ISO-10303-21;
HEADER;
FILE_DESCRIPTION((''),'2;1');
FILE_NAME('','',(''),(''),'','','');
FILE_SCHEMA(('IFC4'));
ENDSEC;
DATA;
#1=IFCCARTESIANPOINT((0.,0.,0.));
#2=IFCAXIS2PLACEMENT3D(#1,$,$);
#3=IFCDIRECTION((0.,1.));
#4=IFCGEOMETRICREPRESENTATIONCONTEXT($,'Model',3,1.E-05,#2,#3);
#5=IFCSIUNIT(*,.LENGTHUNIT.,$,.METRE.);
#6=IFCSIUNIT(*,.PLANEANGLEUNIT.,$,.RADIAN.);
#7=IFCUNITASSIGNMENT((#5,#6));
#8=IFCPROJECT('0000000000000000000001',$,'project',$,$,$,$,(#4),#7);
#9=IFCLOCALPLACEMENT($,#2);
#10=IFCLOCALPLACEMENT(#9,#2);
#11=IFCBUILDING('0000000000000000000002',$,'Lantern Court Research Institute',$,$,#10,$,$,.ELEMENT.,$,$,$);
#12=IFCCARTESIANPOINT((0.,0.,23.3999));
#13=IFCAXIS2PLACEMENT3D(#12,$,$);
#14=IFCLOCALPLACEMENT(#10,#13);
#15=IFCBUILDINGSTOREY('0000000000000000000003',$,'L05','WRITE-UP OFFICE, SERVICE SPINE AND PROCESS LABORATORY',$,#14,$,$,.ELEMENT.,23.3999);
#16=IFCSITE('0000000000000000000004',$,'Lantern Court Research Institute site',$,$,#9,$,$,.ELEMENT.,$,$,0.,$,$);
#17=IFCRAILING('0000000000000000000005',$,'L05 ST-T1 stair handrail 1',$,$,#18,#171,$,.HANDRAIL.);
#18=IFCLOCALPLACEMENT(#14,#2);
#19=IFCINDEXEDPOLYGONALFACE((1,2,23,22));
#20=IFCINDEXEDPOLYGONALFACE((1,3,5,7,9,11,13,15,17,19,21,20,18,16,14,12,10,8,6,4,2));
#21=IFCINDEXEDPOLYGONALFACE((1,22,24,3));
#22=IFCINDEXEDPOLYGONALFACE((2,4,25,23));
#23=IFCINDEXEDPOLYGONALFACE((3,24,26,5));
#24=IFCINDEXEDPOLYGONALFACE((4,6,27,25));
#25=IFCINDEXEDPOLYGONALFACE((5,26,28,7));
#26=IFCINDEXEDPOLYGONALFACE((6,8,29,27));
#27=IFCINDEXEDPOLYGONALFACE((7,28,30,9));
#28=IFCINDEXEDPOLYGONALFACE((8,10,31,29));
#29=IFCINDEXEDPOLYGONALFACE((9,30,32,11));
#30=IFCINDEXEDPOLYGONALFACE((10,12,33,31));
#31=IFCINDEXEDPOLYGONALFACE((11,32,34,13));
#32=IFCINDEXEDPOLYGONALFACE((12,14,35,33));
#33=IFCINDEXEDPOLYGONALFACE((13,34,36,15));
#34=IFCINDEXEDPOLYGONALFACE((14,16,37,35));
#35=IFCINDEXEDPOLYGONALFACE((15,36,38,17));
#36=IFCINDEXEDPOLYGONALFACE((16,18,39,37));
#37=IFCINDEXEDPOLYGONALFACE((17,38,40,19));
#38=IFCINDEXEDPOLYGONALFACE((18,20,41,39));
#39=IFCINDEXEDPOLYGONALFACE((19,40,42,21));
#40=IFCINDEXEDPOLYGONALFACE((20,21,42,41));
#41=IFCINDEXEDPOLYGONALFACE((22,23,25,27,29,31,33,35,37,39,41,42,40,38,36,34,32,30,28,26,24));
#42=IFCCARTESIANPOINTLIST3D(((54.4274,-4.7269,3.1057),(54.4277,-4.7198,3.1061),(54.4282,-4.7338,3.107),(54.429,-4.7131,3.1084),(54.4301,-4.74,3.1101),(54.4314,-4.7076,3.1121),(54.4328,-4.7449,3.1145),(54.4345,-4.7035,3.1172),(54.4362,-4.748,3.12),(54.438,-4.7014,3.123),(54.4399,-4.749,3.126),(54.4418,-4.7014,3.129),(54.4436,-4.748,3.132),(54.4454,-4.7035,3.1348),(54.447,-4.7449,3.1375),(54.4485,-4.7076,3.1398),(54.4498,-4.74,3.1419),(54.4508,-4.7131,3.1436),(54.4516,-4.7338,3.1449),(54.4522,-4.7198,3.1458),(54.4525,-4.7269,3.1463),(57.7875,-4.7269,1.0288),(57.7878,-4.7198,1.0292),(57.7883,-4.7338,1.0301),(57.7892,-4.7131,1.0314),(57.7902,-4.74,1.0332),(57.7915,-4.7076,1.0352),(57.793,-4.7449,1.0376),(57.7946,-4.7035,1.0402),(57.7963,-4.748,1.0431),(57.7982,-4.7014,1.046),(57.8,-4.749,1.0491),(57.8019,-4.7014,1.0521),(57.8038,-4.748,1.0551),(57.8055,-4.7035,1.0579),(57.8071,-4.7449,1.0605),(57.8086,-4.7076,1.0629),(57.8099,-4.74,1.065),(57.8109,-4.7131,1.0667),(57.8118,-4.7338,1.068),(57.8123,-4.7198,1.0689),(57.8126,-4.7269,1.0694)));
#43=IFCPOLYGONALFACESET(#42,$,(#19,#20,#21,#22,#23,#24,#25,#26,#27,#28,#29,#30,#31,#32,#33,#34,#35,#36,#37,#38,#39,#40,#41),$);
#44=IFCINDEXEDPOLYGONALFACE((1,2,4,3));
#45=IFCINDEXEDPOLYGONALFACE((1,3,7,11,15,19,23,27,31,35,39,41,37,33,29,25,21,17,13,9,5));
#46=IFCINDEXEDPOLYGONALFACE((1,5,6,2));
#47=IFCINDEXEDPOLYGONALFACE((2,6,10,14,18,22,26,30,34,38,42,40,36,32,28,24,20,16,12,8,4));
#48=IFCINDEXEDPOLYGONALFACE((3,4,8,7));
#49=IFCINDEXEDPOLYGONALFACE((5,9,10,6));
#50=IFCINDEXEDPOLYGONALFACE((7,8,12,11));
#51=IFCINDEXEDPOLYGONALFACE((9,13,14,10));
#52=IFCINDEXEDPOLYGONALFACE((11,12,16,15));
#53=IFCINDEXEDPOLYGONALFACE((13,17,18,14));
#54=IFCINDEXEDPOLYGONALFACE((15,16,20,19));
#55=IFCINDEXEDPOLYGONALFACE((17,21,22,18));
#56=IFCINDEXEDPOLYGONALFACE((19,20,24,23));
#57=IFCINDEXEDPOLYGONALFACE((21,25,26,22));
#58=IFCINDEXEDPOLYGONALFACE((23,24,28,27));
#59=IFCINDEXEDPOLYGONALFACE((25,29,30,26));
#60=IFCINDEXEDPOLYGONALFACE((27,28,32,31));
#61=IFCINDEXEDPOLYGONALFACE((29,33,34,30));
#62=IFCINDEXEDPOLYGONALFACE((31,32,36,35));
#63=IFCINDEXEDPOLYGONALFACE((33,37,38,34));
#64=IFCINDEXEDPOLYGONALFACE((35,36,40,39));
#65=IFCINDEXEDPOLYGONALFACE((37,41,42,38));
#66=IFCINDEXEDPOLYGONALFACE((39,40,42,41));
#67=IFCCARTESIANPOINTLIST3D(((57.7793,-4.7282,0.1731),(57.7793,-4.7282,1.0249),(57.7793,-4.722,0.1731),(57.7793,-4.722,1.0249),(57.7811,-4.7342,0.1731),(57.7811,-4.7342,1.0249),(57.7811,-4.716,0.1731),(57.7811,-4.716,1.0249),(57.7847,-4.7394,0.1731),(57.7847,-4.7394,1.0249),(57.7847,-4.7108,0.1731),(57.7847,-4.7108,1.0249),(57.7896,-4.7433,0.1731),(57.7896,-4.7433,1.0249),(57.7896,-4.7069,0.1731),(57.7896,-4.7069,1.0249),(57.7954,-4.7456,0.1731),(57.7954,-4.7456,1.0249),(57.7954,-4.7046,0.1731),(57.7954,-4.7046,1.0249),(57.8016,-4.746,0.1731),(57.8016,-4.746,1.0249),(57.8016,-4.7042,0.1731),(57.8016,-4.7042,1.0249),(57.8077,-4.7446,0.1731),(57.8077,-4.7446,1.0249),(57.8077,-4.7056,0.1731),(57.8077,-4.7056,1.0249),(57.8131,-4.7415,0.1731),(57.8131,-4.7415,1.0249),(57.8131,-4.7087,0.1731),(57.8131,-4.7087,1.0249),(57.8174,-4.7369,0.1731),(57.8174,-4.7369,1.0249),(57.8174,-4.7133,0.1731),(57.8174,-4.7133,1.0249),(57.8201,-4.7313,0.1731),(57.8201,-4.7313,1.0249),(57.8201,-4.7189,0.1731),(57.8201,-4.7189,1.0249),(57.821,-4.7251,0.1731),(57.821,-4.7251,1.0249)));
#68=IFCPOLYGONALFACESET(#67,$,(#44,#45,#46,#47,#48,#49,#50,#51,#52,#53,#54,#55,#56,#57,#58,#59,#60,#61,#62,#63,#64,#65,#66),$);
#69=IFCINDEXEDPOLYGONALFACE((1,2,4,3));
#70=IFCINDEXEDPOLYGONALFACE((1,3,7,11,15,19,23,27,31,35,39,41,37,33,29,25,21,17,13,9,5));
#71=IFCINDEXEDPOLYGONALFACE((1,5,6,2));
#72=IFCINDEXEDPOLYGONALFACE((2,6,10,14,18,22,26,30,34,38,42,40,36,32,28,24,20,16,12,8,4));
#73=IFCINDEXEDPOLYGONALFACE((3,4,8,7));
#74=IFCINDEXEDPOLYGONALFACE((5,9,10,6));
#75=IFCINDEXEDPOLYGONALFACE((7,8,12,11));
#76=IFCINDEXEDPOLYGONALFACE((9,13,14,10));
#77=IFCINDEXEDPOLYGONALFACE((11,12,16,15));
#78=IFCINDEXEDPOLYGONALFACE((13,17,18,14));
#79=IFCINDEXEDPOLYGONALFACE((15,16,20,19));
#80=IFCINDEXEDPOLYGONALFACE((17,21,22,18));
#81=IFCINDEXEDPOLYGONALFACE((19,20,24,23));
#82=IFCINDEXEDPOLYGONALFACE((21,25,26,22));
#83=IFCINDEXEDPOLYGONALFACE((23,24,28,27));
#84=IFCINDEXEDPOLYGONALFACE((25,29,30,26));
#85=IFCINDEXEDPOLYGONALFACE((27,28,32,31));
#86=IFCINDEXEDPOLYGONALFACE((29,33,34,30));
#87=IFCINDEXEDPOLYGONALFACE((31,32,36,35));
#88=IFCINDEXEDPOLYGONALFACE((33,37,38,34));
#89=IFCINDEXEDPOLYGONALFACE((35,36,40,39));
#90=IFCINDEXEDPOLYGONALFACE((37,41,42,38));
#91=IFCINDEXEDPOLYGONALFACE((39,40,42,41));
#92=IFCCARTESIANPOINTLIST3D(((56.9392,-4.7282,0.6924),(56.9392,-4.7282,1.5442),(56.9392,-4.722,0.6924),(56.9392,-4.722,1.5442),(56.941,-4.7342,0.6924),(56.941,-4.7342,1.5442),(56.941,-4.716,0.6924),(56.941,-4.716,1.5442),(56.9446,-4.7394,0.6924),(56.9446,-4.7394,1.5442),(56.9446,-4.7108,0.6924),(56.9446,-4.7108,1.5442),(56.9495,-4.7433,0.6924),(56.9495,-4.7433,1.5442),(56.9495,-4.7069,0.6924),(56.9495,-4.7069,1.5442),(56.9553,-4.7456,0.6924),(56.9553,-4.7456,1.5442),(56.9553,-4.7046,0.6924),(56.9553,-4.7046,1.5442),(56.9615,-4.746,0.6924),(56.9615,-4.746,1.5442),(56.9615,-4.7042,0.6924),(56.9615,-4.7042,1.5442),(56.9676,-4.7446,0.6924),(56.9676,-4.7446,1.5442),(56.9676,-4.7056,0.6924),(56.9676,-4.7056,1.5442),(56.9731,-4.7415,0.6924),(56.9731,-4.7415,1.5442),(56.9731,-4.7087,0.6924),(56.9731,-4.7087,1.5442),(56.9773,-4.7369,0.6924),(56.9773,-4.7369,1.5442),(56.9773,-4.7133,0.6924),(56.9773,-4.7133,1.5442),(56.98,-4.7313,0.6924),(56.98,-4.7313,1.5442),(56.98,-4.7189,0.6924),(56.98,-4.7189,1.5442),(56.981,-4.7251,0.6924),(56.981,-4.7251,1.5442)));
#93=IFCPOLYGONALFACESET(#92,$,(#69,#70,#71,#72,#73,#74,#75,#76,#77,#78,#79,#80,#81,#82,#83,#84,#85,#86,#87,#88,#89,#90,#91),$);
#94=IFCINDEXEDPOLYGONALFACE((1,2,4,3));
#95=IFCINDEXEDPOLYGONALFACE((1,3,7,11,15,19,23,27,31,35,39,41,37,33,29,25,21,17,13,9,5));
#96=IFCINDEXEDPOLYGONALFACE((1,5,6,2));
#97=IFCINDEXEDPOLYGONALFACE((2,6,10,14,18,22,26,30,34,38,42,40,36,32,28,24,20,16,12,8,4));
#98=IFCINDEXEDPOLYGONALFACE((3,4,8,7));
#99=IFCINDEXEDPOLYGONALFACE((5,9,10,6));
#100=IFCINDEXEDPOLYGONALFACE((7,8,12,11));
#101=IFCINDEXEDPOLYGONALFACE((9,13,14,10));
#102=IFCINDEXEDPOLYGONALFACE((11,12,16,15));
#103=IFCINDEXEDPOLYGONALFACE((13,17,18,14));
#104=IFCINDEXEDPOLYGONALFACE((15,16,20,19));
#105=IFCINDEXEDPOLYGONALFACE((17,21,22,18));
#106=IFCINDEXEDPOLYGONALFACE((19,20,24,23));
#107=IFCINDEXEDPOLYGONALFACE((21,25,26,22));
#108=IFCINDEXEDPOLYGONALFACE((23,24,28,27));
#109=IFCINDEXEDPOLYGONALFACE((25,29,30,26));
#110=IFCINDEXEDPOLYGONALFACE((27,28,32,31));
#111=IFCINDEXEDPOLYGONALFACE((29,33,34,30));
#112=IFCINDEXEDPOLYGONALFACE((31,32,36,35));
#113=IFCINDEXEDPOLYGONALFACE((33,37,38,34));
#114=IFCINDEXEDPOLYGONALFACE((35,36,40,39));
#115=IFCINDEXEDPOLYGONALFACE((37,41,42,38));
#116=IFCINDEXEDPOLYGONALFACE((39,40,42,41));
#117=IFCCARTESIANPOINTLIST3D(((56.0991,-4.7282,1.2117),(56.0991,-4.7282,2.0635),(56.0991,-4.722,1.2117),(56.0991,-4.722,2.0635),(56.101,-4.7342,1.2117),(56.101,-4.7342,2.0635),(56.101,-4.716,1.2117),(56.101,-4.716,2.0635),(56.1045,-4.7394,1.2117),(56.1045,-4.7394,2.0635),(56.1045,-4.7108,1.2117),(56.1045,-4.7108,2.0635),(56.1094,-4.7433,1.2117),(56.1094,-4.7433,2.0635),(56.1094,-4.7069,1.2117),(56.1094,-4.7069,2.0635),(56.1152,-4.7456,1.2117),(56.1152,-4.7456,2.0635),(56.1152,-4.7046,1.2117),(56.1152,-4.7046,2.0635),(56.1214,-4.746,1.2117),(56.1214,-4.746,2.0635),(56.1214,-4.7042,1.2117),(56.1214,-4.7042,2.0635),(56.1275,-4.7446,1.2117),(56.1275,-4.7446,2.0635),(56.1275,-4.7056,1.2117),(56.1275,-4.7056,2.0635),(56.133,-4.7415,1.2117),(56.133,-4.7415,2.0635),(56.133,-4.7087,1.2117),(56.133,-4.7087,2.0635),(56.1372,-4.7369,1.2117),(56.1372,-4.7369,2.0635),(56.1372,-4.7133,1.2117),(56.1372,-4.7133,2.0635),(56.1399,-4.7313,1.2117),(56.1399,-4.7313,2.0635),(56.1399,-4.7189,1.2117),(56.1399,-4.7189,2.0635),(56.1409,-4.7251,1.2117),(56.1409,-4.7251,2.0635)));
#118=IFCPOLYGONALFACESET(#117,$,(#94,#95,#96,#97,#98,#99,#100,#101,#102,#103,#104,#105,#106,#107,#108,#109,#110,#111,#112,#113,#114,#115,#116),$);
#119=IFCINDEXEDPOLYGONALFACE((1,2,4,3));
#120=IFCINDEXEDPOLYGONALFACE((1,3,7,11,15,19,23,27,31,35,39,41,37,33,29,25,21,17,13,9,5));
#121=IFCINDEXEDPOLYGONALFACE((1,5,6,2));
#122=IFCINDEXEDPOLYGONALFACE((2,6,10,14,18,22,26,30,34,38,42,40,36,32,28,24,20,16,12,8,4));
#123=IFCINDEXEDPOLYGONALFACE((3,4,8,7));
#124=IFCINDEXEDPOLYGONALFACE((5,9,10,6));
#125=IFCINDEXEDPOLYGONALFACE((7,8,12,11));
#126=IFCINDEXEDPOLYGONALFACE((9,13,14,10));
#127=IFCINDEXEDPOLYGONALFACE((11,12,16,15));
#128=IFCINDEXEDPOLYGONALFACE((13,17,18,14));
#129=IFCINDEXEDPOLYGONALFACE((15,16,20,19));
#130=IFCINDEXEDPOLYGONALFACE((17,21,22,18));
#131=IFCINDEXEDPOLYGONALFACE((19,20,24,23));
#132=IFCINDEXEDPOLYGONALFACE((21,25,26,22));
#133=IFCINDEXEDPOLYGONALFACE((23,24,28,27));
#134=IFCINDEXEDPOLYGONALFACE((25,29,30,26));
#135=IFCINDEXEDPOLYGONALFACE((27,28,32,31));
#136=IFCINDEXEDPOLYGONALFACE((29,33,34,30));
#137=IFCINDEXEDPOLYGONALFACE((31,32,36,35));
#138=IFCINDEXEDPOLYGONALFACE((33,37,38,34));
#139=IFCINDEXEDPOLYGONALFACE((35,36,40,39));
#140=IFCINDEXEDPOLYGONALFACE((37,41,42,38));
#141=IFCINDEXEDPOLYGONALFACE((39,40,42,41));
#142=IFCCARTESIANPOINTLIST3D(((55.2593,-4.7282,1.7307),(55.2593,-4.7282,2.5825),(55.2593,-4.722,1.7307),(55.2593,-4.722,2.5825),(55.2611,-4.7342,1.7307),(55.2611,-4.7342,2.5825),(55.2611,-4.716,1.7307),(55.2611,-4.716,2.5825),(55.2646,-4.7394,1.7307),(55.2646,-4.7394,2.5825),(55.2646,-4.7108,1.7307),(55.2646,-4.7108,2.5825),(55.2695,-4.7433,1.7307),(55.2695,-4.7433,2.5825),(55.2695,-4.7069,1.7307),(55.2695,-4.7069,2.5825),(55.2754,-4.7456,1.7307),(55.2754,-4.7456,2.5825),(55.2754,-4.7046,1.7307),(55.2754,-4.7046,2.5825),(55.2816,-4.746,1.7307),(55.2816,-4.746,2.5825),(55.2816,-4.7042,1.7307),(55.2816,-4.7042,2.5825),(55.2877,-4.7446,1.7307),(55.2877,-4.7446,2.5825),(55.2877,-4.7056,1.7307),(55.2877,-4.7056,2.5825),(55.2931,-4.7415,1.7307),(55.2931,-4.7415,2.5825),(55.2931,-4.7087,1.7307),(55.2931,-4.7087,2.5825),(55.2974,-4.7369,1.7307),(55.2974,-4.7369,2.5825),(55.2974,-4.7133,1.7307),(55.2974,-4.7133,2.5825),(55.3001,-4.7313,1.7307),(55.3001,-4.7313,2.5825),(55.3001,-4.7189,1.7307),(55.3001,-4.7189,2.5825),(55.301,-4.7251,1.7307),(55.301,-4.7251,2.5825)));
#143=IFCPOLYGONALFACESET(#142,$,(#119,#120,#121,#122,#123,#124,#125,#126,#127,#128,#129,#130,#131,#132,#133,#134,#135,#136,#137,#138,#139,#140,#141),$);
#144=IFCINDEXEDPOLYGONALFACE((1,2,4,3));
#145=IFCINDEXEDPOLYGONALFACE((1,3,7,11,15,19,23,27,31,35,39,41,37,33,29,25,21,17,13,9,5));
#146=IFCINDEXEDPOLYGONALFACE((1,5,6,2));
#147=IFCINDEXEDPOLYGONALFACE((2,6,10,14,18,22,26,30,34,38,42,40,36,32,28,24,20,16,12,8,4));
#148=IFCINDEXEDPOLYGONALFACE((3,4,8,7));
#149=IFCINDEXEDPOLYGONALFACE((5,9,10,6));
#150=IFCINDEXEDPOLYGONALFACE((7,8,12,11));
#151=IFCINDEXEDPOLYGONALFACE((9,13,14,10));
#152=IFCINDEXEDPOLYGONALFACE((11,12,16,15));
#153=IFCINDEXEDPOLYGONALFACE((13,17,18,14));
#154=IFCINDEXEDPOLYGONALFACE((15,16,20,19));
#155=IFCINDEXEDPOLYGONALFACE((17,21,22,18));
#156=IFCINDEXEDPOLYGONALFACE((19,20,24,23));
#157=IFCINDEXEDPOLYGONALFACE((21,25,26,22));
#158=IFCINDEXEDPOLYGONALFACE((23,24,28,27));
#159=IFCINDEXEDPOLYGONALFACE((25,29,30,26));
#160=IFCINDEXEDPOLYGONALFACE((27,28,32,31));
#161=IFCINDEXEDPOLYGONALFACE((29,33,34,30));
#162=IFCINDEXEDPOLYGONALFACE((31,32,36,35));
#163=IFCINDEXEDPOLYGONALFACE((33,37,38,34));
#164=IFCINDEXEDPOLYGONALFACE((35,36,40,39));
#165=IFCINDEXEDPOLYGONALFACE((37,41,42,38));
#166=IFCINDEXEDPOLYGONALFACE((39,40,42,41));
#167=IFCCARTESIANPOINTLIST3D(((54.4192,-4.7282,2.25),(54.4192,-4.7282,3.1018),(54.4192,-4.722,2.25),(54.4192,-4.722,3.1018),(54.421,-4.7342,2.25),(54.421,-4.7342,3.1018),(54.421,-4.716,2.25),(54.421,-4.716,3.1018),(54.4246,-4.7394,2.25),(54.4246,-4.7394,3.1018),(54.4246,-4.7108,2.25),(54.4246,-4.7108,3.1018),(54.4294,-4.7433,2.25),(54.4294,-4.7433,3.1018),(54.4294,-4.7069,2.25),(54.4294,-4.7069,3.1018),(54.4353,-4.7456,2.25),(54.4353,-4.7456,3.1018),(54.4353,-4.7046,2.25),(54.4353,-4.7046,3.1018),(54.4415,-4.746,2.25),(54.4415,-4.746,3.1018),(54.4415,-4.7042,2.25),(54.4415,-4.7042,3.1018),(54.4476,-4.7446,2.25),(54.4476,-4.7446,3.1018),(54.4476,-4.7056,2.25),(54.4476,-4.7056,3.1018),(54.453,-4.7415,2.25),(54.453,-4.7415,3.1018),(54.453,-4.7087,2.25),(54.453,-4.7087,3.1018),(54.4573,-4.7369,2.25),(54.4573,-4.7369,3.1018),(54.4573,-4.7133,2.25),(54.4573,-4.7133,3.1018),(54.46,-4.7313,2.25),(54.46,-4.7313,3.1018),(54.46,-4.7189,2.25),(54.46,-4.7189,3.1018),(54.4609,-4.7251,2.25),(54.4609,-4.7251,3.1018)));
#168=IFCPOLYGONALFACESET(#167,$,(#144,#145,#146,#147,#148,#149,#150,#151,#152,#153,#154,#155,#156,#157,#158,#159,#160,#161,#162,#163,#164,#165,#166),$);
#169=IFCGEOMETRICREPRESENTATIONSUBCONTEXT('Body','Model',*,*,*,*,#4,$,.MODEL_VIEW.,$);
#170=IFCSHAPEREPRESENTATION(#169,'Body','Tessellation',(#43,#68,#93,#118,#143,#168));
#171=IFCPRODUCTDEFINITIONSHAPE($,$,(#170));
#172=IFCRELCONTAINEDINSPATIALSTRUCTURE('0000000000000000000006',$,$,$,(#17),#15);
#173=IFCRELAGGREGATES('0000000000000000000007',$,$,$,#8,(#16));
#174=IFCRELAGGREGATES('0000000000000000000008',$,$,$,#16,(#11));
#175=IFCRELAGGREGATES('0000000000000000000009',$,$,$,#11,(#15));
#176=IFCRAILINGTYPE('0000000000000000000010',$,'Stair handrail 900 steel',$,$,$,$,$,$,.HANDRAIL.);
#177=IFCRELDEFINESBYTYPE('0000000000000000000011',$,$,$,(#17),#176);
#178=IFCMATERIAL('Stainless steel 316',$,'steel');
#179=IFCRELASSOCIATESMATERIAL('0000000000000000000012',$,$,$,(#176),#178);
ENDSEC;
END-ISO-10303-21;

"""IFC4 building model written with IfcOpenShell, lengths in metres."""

from ifc_helpers import new_model, si_unit, direction, frame, origin, origin_2d, place, context, subcontext, project, spatial, circle, extrude, material, type_object, element, save


model = new_model("IFC4")

# Units and contexts
model_context = context("Model", 3, precision=1e-05, world=origin(), true_north=direction((0.0, 1.0)))
body_context = subcontext(model_context, "Body", "Model", "MODEL_VIEW")
ifc_project = project(units=[si_unit("LENGTHUNIT", "METRE"), si_unit("PLANEANGLEUNIT", "RADIAN")], contexts=[model_context])

# Site, building, storey
site_placement = place(None, origin())
site = spatial("IfcSite", under=ifc_project, at=site_placement, Name="Lantern Court Research Institute site", CompositionType="ELEMENT", RefElevation=0.0)
building_placement = place(site_placement, origin())
building = spatial("IfcBuilding", under=site, at=building_placement, Name="Lantern Court Research Institute", CompositionType="ELEMENT")
storey_placement = place(building_placement, frame((0.0, 0.0, 23.3999)))
storey = spatial("IfcBuildingStorey", under=building, at=storey_placement, Name="L05", Description="WRITE-UP OFFICE, SERVICE SPINE AND PROCESS LABORATORY", CompositionType="ELEMENT", Elevation=23.3999)

# Railing
ifc_material_1 = material(Name="Stainless steel 316", Category="steel")
railing_type_1 = type_object("IfcRailingType", Name="Stair handrail 900 steel", PredefinedType="HANDRAIL", material=ifc_material_1)
railing_1_placement = place(storey_placement, frame((57.8, -4.7251, 0.1731)))
element("IfcRailing", 1, at=railing_1_placement, inside=storey, type_object=railing_type_1, Name="L05 ST-T1 stair handrail 1", PredefinedType="HANDRAIL", context=body_context, shape_type="SweptSolid", body=[
    extrude(circle(Radius=0.0239, at=origin_2d()), frame((0.0, 0.0, 0.876), z_axis=(-0.850623, 0.0, 0.525776), x_axis=(0.0, -1.0, 0.0)), (0.0, 0.0, 1.0), 3.9502),
    extrude(circle(Radius=0.021, at=origin_2d()), origin(), (0.0, 0.0, 1.0), 0.8518),
    extrude(circle(Radius=0.021, at=origin_2d()), frame((-0.8401, 0.0, 0.5193)), (0.0, 0.0, 1.0), 0.8518),
    extrude(circle(Radius=0.021, at=origin_2d()), frame((-1.6802, 0.0, 1.0386)), (0.0, 0.0, 1.0), 0.8518),
    extrude(circle(Radius=0.021, at=origin_2d()), frame((-2.52, 0.0, 1.5576)), (0.0, 0.0, 1.0), 0.8518),
    extrude(circle(Radius=0.021, at=origin_2d()), frame((-3.3601, 0.0, 2.0769)), (0.0, 0.0, 1.0), 0.8518),
])

save(model, "model.ifc")
